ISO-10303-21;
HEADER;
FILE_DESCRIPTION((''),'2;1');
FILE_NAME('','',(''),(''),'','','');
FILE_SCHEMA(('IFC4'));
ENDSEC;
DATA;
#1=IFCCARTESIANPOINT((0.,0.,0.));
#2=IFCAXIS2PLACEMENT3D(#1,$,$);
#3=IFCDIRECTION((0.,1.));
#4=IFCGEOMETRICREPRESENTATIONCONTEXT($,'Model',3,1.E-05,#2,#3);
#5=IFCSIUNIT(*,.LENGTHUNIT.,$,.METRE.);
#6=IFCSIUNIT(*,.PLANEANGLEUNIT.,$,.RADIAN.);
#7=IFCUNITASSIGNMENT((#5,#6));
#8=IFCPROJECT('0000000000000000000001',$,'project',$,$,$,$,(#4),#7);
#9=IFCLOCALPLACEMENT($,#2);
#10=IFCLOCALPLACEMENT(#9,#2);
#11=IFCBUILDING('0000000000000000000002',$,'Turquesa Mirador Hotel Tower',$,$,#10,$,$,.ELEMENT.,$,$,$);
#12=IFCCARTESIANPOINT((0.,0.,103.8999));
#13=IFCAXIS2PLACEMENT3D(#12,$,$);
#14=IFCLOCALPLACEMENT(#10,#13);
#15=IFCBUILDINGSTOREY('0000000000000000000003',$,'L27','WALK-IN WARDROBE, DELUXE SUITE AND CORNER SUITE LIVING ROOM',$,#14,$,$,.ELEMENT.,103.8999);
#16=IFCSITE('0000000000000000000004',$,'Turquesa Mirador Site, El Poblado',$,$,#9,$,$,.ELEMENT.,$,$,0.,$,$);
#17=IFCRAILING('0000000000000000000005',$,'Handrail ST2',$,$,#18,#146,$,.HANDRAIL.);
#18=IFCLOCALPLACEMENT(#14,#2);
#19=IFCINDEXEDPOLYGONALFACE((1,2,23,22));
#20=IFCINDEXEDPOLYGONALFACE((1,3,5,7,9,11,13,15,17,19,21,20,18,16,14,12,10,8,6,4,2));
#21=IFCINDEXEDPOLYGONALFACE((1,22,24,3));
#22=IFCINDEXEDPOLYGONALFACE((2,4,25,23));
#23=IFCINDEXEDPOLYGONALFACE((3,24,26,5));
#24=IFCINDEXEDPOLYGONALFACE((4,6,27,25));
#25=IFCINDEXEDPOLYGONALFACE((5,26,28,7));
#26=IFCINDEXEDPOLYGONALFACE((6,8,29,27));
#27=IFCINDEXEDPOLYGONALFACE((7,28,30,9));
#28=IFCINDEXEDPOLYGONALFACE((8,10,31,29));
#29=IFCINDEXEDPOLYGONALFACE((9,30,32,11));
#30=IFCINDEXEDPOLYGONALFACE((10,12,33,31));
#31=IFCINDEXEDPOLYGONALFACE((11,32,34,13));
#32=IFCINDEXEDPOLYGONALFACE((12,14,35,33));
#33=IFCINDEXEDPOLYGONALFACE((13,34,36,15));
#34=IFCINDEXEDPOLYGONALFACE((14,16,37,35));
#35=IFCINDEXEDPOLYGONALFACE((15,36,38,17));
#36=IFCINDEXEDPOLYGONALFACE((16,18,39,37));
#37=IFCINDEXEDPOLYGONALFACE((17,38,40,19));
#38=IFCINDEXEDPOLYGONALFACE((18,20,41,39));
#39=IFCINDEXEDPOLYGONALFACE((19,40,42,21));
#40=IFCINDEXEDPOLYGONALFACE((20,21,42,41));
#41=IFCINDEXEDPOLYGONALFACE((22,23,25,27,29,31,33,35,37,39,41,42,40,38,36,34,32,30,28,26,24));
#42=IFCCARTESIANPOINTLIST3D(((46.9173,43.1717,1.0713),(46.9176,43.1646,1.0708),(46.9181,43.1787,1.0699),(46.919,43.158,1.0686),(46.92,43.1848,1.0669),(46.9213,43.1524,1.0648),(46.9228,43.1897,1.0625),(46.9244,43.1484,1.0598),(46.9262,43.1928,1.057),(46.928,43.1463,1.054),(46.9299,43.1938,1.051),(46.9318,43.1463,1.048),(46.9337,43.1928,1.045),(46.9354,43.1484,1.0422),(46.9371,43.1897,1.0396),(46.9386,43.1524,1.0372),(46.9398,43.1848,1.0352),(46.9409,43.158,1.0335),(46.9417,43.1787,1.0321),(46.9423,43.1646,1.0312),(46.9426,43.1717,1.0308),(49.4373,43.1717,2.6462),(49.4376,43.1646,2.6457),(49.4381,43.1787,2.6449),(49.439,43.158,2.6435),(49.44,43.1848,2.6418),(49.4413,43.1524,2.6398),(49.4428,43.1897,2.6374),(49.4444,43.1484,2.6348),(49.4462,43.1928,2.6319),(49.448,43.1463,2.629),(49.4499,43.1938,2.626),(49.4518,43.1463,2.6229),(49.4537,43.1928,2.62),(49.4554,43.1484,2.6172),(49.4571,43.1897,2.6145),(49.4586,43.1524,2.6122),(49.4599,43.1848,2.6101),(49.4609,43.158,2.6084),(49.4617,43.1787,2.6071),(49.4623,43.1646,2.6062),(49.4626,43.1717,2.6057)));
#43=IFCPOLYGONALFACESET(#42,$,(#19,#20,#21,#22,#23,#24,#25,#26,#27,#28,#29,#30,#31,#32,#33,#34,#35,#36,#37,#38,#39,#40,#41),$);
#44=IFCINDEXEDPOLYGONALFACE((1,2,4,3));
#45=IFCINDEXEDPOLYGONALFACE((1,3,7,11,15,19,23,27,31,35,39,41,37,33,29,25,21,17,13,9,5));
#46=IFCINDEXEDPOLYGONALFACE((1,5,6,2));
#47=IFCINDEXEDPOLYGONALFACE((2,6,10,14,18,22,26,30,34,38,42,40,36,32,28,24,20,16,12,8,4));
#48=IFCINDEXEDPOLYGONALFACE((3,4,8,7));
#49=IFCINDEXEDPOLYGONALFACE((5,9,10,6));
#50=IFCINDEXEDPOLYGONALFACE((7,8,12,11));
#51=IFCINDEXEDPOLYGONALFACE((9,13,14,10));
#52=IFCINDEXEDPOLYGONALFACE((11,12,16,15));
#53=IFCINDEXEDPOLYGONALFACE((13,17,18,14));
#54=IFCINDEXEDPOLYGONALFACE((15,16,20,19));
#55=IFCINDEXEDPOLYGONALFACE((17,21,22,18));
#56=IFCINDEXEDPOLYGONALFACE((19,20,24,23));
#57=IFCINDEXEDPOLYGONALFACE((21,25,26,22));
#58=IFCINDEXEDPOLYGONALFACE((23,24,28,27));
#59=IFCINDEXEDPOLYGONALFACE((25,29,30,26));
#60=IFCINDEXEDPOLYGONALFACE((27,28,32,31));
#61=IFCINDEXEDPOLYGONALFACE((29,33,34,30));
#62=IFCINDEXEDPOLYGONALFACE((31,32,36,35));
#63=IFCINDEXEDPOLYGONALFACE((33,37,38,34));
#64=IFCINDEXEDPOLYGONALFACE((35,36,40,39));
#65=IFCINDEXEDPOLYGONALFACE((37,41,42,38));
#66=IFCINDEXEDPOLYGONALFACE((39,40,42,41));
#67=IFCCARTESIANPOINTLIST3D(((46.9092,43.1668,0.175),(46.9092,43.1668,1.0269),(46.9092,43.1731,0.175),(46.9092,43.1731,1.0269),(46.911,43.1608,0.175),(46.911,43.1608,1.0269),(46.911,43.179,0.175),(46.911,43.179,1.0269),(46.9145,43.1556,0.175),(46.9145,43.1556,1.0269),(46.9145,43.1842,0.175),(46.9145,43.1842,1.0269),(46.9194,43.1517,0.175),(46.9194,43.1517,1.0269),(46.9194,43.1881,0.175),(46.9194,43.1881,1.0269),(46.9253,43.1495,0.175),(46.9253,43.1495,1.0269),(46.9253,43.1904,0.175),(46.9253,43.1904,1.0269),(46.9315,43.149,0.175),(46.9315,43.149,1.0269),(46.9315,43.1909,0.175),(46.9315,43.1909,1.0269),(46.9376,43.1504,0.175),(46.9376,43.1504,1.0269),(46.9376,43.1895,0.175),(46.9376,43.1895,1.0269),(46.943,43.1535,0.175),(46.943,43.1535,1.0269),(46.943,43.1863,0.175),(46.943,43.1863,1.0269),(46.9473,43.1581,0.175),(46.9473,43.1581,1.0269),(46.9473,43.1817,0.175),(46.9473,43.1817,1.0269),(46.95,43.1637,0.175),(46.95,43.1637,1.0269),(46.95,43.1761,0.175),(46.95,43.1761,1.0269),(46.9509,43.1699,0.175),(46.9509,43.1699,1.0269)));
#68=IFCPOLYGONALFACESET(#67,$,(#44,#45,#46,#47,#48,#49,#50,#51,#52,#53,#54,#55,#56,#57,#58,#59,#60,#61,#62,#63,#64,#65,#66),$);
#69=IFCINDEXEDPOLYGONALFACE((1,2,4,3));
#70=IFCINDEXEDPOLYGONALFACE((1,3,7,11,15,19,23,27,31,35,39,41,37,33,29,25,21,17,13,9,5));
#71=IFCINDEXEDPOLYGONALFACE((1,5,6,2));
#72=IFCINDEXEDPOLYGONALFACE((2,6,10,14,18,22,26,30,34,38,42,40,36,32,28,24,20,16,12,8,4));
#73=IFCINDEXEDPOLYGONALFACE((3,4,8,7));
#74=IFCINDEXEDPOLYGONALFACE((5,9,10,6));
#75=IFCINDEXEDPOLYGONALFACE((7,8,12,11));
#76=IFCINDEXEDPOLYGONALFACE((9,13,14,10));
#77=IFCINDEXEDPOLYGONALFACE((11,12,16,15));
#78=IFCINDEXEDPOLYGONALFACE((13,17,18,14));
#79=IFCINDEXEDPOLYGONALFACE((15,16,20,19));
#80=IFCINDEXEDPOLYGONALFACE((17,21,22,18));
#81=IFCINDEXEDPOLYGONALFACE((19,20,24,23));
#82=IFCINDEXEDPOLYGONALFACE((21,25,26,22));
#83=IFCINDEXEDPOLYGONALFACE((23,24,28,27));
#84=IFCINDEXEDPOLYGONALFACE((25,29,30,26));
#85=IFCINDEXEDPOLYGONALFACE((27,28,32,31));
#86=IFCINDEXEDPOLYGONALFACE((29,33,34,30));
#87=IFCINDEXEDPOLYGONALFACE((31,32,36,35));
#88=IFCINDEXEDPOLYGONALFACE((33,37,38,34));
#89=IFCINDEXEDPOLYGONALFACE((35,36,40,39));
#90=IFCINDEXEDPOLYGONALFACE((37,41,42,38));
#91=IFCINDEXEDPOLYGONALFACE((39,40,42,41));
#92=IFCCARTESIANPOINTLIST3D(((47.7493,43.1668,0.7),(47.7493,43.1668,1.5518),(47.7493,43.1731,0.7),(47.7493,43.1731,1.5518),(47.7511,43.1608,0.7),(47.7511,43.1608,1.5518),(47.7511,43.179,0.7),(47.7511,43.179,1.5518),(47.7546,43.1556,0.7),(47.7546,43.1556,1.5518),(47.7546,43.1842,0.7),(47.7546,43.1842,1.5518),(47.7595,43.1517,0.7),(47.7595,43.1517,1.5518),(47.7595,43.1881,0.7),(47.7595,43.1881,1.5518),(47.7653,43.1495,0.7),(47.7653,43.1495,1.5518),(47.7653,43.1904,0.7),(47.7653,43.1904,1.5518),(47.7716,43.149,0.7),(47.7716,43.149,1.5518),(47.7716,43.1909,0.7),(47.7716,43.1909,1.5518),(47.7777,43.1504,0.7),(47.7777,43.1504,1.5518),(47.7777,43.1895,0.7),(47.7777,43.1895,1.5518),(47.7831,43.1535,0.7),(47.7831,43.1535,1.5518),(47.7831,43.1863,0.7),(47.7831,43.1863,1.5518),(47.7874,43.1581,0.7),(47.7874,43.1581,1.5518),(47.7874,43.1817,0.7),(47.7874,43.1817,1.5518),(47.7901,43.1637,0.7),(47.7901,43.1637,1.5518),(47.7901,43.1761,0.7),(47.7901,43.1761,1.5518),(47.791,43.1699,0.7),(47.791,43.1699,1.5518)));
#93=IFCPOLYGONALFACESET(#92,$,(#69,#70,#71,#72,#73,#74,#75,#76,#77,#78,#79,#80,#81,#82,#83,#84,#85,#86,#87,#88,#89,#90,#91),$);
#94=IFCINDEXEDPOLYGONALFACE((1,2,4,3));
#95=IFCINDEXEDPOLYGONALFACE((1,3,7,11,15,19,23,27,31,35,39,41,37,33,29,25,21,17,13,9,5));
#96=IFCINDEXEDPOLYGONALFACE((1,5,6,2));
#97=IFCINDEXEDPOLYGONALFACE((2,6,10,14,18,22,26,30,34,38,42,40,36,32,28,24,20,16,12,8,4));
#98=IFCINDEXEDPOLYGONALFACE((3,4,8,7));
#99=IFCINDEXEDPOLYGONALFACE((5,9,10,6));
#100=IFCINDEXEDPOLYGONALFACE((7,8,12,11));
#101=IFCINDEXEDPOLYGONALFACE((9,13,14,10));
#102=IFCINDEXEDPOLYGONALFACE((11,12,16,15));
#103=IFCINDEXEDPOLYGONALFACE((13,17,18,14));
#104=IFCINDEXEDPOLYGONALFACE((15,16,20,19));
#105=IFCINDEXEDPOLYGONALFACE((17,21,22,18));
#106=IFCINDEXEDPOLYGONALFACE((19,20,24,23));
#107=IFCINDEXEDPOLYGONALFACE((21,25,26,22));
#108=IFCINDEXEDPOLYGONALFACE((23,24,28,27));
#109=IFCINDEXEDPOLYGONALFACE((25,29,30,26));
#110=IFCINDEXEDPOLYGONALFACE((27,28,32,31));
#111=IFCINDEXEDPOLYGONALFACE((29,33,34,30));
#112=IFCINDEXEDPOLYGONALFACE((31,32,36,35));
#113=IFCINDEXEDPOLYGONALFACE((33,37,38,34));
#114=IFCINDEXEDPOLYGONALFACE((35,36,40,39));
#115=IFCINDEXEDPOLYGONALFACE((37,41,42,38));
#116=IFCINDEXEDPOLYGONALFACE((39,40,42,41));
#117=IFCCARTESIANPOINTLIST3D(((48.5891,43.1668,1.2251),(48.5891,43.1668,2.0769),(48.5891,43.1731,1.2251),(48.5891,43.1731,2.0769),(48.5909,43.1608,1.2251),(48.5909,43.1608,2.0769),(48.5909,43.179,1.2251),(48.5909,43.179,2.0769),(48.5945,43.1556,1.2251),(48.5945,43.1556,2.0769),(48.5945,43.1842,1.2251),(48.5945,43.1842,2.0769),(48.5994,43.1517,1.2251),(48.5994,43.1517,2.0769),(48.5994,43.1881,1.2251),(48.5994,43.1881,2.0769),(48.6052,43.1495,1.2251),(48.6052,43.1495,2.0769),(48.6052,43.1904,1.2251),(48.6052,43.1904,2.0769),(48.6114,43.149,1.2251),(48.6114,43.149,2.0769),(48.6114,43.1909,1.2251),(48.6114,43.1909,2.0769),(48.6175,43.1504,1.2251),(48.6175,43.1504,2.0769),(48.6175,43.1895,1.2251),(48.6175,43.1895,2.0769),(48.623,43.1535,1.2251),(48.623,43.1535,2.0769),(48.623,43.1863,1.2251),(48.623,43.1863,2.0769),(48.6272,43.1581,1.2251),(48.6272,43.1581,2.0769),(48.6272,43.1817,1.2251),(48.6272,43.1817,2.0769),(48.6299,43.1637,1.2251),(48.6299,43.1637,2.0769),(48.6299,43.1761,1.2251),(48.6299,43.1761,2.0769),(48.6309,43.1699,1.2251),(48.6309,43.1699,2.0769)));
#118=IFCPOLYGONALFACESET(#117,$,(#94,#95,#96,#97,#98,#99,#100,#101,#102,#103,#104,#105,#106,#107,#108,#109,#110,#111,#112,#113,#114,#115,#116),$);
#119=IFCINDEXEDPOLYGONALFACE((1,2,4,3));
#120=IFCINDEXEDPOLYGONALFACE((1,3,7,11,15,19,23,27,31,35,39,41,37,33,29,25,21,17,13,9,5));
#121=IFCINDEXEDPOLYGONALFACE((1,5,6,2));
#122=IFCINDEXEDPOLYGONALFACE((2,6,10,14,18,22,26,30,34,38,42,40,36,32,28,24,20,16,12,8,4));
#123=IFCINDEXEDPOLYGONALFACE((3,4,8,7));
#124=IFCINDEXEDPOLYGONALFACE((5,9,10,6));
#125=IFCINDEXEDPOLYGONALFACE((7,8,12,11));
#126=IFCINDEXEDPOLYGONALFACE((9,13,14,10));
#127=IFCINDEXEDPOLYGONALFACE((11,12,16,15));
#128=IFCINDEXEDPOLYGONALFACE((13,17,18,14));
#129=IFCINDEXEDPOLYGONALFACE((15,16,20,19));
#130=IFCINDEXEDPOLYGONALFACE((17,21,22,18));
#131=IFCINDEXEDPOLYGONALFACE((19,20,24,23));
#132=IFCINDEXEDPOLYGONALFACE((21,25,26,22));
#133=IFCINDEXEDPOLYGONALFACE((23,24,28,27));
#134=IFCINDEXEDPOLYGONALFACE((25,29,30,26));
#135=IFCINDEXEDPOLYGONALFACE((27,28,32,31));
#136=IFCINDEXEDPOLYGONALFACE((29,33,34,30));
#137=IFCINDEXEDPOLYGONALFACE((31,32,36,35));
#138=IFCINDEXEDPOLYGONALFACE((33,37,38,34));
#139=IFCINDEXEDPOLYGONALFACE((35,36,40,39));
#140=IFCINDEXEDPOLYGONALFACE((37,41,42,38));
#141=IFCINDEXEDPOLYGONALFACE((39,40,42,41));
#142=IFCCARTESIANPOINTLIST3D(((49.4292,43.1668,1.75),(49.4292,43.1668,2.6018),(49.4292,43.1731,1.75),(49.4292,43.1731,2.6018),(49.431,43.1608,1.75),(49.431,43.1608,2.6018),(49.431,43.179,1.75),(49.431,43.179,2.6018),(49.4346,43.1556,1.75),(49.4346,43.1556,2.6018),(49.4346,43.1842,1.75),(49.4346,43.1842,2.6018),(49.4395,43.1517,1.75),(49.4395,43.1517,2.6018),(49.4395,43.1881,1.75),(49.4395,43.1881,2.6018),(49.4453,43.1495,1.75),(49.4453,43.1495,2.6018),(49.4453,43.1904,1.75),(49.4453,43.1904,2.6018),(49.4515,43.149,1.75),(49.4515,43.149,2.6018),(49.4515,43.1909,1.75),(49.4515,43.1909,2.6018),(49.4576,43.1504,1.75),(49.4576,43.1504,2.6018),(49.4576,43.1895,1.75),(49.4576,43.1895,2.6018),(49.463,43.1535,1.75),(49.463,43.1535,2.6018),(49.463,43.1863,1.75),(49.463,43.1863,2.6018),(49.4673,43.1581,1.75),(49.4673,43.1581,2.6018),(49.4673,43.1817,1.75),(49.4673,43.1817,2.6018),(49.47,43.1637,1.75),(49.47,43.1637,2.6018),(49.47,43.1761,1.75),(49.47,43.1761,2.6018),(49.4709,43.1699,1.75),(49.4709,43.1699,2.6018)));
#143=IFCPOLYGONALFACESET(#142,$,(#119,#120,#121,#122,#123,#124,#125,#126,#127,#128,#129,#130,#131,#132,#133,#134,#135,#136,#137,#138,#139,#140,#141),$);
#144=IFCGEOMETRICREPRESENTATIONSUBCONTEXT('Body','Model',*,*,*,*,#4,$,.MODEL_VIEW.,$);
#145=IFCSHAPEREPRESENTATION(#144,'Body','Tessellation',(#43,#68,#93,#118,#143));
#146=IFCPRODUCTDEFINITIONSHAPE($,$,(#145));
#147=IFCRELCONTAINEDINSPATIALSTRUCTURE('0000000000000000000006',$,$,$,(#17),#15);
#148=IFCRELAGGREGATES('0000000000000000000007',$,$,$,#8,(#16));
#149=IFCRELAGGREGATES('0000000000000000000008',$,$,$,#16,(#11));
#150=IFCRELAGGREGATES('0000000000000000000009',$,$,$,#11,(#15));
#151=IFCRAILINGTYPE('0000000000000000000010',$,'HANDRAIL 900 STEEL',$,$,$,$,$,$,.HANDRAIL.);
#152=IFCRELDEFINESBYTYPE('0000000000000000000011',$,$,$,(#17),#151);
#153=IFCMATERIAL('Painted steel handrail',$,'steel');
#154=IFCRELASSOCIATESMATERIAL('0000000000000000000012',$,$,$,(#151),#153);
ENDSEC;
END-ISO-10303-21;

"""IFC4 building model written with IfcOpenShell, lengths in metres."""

from ifc_helpers import new_model, si_unit, direction, frame, origin, origin_2d, place, context, subcontext, project, spatial, circle, extrude, material, type_object, element, save


model = new_model("IFC4")

# Units and contexts
model_context = context("Model", 3, precision=1e-05, world=origin(), true_north=direction((0.0, 1.0)))
body_context = subcontext(model_context, "Body", "Model", "MODEL_VIEW")
ifc_project = project(units=[si_unit("LENGTHUNIT", "METRE"), si_unit("PLANEANGLEUNIT", "RADIAN")], contexts=[model_context])

# Site, building, storey
site_placement = place(None, origin())
site = spatial("IfcSite", under=ifc_project, at=site_placement, Name="Turquesa Mirador Site, El Poblado", CompositionType="ELEMENT", RefElevation=0.0)
building_placement = place(site_placement, origin())
building = spatial("IfcBuilding", under=site, at=building_placement, Name="Turquesa Mirador Hotel Tower", CompositionType="ELEMENT")
storey_placement = place(building_placement, frame((0.0, 0.0, 103.8999)))
storey = spatial("IfcBuildingStorey", under=building, at=storey_placement, Name="L27", Description="WALK-IN WARDROBE, DELUXE SUITE AND CORNER SUITE LIVING ROOM", CompositionType="ELEMENT", Elevation=103.8999)

# Railing
ifc_material_1 = material(Name="Painted steel handrail", Category="steel")
railing_type = type_object("IfcRailingType", Name="HANDRAIL 900 STEEL", PredefinedType="HANDRAIL", material=ifc_material_1)
for number, where, name in (
    (1, (46.9299, 43.1699, 0.175), "Handrail ST2"),
):
    element("IfcRailing", number, at=place(storey_placement, frame(where)), inside=storey, type_object=railing_type, Name=name, PredefinedType="HANDRAIL", context=body_context, shape_type="SweptSolid", body=[
        extrude(circle(Radius=0.0239, at=origin_2d()), frame((0.0, 0.0, 0.876), z_axis=(0.848008, 0.0, 0.529984), x_axis=(0.0, 1.0, 0.0)), (0.0, 0.0, 1.0), 2.9717),
        extrude(circle(Radius=0.021, at=origin_2d()), origin(), (0.0, 0.0, 1.0), 0.8518),
        extrude(circle(Radius=0.021, at=origin_2d()), frame((0.8401, 0.0, 0.5249)), (0.0, 0.0, 1.0), 0.8518),
        extrude(circle(Radius=0.021, at=origin_2d()), frame((1.6799, 0.0, 1.05)), (0.0, 0.0, 1.0), 0.8518),
        extrude(circle(Radius=0.021, at=origin_2d()), frame((2.52, 0.0, 1.575)), (0.0, 0.0, 1.0), 0.8518),
    ])

save(model, "model.ifc")
